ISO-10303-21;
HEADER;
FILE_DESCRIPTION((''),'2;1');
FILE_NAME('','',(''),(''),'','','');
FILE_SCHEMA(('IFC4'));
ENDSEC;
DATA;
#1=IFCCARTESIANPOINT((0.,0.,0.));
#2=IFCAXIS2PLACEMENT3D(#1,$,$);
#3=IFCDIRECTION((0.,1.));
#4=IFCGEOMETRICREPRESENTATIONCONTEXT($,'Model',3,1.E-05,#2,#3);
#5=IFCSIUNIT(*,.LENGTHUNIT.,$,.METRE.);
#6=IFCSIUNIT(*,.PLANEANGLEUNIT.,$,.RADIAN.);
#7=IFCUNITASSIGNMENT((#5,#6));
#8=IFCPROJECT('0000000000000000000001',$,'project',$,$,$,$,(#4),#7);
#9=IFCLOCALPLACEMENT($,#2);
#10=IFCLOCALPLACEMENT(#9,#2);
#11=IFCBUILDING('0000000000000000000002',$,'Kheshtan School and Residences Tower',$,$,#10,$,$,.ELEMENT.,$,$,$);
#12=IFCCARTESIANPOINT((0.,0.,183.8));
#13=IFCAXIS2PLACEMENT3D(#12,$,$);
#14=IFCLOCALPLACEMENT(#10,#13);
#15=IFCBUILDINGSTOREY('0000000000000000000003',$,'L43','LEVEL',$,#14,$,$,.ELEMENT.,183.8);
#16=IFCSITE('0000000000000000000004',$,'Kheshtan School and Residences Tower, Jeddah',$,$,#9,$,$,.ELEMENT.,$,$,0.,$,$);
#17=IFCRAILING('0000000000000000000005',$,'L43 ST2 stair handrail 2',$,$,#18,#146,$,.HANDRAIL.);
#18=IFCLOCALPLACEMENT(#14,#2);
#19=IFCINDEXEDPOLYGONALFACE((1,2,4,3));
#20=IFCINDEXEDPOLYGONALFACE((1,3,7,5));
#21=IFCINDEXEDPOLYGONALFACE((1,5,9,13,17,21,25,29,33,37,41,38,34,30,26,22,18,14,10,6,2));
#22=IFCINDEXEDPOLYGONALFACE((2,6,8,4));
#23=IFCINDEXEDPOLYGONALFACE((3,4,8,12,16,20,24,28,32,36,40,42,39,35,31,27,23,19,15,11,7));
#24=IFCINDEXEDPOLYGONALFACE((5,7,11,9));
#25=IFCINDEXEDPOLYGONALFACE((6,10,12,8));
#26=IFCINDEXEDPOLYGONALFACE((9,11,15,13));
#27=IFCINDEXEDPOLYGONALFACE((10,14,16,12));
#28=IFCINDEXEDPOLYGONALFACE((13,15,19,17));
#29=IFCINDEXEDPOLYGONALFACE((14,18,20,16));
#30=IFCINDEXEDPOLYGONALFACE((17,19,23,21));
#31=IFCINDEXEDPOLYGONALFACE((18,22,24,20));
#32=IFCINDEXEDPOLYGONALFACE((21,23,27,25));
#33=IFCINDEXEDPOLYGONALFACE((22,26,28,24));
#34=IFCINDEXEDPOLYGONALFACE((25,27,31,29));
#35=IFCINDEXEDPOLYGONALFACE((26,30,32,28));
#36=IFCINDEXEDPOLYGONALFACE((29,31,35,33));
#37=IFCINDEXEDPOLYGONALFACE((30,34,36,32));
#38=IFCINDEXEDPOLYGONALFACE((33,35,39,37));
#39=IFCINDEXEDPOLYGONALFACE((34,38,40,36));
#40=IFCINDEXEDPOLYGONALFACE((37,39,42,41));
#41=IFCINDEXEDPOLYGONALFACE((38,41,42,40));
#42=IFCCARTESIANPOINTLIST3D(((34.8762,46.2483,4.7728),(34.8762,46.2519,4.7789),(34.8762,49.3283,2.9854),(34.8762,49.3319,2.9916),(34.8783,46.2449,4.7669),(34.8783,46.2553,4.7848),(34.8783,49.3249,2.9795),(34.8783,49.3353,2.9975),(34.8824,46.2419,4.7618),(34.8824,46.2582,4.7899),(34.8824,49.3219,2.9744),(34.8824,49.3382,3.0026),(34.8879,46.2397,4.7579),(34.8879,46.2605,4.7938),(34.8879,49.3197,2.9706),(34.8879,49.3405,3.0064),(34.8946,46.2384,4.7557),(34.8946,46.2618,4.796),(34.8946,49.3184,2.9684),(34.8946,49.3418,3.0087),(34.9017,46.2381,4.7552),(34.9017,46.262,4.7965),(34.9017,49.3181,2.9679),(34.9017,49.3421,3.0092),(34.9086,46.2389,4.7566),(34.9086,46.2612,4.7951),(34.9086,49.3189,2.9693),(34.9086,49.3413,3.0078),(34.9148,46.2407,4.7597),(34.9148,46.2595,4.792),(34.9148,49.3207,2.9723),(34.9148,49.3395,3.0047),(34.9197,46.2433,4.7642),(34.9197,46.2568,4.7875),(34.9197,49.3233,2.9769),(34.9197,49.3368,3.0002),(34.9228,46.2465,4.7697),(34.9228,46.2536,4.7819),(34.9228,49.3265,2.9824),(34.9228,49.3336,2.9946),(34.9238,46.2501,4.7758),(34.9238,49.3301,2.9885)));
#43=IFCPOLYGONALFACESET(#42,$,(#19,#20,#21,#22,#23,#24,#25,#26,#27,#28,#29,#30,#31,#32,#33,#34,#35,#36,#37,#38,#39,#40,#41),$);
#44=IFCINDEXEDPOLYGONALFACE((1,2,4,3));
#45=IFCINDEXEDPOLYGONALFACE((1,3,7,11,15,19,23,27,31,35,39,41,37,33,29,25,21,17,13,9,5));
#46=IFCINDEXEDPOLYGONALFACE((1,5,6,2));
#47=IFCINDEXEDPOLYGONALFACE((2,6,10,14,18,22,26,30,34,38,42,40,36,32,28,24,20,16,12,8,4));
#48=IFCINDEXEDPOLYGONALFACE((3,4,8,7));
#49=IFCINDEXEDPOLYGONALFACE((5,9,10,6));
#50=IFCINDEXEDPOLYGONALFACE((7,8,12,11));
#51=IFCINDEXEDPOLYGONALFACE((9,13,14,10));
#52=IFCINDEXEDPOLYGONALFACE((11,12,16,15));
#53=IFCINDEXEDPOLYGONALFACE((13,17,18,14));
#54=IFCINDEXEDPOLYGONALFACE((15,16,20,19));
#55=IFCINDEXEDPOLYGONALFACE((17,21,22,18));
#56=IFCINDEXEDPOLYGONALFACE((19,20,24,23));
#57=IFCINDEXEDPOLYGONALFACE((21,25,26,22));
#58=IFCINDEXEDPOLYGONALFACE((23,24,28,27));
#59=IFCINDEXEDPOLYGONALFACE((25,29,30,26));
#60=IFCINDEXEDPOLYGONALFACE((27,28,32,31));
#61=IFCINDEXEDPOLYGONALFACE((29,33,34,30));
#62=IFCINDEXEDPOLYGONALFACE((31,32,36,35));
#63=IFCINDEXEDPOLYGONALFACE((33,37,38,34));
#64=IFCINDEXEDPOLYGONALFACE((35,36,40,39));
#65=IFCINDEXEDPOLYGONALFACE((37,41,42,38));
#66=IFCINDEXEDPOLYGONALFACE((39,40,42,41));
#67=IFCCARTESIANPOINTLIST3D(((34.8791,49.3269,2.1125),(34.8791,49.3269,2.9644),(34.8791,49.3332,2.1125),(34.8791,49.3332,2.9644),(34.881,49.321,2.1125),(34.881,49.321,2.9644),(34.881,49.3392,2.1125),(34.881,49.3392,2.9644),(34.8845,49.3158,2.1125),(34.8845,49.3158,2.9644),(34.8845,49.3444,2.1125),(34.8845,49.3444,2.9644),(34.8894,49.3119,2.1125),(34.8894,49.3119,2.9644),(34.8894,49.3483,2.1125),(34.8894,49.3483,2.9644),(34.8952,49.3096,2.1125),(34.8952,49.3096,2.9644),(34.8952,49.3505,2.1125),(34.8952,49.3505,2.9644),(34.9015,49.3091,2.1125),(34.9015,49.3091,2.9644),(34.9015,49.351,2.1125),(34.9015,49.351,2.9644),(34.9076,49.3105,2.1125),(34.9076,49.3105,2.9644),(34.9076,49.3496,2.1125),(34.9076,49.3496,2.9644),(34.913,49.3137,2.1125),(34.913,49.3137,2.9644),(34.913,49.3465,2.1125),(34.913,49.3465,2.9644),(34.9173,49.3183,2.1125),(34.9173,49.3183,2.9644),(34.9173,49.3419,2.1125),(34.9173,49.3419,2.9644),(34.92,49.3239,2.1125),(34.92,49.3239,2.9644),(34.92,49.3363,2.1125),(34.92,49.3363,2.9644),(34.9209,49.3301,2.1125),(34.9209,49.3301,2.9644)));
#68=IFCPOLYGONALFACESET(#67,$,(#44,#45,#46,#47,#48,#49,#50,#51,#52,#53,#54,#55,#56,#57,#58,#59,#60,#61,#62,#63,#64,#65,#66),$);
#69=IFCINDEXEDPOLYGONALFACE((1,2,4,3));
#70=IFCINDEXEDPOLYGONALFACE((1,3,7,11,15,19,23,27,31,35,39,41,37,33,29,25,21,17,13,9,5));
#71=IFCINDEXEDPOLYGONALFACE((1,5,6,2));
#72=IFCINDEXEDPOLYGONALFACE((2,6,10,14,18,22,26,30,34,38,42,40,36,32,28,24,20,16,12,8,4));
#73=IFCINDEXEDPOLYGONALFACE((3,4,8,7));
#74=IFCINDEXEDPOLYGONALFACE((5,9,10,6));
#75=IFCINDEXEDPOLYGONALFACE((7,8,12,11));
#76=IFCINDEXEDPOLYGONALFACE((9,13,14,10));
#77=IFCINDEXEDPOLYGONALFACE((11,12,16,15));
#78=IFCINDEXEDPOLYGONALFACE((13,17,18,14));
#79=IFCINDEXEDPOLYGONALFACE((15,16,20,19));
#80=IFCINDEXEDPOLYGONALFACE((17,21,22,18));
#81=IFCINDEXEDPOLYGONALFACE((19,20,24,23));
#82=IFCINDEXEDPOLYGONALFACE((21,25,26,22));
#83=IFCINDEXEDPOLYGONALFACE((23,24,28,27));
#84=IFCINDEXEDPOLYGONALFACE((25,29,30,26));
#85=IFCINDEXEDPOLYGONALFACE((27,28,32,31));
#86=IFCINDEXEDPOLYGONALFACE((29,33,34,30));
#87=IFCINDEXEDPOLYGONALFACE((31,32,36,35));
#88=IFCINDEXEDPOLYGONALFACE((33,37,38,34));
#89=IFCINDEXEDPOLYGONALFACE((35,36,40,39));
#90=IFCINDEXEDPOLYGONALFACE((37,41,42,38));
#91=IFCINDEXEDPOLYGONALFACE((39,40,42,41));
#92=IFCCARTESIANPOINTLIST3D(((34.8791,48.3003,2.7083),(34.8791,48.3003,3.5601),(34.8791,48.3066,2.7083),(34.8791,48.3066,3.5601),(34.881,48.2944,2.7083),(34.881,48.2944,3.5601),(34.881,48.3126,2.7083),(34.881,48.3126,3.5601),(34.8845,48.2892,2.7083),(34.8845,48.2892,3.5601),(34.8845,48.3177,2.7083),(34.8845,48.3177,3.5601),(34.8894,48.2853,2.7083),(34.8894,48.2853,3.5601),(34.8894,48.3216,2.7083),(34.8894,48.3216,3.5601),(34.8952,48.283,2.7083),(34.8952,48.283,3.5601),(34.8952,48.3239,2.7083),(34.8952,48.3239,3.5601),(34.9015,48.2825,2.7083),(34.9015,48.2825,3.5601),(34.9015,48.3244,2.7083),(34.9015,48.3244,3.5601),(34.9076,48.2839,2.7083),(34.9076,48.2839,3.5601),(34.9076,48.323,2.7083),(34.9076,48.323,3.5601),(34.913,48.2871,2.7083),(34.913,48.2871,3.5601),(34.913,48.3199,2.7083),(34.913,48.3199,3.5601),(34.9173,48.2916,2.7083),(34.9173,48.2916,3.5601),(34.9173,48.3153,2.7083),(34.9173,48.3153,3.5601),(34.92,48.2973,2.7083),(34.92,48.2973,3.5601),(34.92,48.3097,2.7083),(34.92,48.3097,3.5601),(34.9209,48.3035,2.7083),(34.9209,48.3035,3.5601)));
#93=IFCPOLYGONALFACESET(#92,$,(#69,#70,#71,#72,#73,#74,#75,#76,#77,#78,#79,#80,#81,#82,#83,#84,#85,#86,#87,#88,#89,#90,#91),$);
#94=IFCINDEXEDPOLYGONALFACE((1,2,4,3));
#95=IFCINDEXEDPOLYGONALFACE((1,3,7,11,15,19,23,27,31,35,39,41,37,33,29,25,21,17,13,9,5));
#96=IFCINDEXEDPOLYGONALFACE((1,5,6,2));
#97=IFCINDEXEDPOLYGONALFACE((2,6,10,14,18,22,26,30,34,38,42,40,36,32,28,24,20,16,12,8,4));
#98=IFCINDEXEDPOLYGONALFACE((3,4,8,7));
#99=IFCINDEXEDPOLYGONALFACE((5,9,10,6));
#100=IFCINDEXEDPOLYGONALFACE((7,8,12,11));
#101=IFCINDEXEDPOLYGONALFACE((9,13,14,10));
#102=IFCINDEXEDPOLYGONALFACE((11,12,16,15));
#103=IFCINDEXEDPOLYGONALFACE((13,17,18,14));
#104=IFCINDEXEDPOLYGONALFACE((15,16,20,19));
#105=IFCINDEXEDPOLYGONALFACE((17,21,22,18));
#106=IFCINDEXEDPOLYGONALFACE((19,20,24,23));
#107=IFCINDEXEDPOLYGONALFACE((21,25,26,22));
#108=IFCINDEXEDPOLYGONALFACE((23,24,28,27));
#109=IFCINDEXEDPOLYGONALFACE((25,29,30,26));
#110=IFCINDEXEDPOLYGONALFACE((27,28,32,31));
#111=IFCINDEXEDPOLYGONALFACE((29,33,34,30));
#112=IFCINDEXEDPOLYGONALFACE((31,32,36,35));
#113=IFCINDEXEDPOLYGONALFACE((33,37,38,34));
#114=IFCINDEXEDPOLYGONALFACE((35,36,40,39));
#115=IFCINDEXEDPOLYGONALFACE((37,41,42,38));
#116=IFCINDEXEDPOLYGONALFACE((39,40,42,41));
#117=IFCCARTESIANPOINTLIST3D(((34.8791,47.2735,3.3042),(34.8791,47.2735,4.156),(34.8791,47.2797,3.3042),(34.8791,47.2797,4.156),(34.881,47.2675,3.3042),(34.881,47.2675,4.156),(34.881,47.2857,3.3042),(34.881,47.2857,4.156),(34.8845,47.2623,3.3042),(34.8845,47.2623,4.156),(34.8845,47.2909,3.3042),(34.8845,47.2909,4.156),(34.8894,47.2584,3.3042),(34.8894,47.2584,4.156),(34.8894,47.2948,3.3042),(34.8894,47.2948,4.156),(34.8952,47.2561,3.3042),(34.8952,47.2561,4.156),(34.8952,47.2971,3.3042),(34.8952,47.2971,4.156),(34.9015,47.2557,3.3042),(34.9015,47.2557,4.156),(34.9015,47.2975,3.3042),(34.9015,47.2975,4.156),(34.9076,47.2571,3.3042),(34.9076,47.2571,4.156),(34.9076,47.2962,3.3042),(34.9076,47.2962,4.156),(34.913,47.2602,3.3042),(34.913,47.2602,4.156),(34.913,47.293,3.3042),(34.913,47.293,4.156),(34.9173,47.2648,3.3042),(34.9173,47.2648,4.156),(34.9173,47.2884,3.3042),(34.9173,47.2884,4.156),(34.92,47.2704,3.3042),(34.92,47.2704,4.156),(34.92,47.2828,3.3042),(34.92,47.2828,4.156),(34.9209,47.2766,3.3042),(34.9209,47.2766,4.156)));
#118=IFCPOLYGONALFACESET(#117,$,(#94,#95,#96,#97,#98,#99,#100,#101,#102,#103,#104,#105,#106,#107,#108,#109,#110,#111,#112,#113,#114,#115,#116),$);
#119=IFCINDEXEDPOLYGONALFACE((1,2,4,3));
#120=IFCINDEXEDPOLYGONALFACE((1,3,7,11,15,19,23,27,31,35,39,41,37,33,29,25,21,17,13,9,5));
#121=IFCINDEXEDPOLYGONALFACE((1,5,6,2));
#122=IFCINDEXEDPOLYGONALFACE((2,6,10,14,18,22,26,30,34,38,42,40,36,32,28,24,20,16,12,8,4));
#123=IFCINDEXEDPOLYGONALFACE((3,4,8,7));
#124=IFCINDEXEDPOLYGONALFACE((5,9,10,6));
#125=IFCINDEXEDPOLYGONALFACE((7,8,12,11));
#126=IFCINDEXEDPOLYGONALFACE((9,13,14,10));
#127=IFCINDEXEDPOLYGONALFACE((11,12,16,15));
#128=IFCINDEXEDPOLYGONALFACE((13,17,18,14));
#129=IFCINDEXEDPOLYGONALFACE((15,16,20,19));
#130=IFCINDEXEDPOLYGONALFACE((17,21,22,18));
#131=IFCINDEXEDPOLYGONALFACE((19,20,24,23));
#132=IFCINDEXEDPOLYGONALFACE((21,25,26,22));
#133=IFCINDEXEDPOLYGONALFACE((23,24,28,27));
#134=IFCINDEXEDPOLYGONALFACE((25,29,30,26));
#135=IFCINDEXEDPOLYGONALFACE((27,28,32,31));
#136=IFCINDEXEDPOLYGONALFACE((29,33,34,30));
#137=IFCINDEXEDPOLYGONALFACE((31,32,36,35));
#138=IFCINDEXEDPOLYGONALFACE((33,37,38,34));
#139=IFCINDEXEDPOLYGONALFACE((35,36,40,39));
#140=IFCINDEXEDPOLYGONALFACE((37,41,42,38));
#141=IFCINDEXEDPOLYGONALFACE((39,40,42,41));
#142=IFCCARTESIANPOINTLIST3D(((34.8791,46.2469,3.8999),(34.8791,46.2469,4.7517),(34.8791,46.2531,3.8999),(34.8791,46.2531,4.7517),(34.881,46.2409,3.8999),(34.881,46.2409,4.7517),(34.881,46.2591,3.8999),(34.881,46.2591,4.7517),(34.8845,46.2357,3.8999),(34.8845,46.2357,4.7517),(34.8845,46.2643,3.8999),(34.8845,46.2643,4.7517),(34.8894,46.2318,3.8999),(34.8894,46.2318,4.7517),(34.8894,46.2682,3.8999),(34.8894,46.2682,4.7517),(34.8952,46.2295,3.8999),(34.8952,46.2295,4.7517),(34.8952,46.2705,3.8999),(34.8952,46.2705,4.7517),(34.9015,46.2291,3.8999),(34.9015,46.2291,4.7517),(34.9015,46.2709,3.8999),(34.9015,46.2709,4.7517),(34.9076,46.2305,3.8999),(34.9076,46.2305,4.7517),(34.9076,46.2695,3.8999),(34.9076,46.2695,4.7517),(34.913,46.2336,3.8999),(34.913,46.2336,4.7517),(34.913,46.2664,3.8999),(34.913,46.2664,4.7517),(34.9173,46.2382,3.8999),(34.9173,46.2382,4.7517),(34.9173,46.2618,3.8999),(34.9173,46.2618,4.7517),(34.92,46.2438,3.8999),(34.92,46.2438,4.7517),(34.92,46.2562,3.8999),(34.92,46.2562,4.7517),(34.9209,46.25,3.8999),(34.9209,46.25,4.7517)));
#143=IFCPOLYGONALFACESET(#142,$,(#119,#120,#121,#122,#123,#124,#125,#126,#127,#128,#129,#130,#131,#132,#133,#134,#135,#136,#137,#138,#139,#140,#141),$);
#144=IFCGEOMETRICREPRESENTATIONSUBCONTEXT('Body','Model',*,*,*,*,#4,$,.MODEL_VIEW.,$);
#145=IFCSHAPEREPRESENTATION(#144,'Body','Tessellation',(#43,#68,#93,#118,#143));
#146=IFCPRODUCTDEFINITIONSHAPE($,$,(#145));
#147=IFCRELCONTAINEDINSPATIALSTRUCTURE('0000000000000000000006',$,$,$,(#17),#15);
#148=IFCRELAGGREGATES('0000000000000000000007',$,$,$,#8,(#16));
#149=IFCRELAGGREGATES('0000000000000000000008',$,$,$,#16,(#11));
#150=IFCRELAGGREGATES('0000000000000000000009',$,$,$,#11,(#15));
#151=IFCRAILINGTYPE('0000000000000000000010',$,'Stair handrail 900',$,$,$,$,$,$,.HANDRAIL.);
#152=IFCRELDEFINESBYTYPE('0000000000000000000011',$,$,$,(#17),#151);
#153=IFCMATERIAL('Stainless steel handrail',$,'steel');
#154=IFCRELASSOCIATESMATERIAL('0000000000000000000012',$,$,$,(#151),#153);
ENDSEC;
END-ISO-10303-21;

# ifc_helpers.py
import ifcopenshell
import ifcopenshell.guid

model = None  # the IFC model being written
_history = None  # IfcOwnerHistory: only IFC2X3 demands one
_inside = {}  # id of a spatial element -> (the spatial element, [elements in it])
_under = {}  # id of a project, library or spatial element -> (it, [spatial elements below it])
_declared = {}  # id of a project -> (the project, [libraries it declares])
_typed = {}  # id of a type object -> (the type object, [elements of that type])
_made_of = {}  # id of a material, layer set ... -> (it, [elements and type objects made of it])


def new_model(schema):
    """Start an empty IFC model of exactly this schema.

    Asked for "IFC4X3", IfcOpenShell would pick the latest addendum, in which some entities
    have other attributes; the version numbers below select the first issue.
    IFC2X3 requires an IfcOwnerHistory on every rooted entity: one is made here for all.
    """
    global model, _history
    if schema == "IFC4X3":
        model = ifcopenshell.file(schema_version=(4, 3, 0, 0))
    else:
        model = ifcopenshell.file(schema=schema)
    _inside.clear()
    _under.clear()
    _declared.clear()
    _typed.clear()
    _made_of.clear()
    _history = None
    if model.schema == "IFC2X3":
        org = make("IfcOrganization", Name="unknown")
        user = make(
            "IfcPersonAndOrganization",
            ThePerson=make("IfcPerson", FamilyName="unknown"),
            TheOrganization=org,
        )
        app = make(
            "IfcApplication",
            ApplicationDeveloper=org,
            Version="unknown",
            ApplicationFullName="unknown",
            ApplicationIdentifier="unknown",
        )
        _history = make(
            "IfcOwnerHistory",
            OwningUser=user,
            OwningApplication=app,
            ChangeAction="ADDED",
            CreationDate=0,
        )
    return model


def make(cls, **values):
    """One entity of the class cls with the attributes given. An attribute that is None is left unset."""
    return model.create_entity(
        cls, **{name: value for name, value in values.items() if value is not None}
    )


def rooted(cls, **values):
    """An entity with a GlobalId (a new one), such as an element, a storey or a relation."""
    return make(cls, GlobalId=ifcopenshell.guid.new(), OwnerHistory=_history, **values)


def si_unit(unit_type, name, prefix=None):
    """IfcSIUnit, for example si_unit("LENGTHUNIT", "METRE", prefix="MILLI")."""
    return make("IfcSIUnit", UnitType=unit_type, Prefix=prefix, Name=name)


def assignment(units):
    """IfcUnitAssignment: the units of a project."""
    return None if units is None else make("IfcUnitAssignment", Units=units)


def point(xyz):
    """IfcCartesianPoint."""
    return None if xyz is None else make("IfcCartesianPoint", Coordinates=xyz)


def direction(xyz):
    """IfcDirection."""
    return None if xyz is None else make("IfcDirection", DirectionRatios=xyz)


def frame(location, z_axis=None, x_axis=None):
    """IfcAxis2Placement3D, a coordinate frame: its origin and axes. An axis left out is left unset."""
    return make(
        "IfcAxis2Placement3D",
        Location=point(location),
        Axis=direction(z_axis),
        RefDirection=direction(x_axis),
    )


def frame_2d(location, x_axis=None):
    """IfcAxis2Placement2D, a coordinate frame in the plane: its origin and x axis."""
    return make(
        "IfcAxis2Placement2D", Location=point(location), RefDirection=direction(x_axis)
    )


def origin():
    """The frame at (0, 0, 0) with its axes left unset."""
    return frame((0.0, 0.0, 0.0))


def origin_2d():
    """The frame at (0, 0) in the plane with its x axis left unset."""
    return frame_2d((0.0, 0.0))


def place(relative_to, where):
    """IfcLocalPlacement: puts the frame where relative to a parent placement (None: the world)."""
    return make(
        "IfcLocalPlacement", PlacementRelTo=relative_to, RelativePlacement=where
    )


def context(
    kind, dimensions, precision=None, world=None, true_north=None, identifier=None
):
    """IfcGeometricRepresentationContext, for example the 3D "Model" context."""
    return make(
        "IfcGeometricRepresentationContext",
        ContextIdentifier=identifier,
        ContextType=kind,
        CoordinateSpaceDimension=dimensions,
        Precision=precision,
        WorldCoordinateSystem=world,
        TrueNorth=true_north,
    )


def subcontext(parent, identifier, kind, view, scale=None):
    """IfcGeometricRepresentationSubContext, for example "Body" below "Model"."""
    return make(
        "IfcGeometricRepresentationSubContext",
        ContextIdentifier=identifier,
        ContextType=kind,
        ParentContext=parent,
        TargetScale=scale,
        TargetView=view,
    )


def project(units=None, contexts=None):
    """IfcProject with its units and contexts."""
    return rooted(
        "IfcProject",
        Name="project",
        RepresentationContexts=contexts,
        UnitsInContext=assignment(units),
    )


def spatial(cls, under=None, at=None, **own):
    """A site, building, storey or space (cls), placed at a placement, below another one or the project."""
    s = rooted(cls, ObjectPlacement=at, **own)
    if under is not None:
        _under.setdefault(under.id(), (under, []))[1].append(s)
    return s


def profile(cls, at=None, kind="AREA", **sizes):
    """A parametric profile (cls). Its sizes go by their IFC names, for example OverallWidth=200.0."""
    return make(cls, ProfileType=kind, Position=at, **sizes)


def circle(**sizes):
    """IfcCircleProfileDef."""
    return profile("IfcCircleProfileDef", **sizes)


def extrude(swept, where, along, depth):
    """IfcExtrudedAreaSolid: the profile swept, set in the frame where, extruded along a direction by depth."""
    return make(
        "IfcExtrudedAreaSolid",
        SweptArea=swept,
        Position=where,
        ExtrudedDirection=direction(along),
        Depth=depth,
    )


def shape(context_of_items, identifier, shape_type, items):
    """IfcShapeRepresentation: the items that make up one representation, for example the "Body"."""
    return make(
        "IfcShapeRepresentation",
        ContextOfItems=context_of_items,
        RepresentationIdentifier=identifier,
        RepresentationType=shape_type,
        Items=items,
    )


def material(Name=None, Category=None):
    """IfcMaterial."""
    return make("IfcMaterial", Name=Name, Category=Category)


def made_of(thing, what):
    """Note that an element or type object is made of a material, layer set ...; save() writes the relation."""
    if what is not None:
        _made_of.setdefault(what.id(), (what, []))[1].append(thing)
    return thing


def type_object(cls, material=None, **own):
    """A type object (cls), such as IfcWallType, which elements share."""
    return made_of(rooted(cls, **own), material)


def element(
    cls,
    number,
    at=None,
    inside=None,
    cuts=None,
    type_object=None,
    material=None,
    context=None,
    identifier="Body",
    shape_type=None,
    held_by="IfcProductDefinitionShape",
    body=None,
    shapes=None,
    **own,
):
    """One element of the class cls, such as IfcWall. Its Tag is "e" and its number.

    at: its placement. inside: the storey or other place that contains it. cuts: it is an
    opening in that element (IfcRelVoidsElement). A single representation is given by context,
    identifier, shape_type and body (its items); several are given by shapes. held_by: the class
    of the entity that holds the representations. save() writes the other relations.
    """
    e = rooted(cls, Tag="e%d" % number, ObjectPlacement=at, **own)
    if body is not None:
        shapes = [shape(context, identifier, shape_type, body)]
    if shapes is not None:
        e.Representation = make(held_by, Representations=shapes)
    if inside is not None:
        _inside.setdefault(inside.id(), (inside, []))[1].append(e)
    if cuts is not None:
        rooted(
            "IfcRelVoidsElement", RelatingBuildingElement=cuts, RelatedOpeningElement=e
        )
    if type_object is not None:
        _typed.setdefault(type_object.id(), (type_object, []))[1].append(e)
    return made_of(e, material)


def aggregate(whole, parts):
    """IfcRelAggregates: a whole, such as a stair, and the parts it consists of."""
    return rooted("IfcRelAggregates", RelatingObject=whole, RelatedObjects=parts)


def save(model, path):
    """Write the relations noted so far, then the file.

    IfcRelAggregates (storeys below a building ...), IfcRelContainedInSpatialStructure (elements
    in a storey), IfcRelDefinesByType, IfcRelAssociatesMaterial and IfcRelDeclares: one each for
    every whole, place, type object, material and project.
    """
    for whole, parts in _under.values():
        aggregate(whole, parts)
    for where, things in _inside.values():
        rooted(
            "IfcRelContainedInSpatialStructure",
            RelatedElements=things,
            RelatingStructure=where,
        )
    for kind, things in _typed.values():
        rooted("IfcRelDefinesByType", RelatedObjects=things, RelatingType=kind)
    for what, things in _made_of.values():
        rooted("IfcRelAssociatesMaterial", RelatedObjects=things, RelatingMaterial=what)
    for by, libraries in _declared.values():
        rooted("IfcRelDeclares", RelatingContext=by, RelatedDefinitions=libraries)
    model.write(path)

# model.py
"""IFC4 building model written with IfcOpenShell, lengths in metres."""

from ifc_helpers import new_model, si_unit, direction, frame, origin, origin_2d, place, context, subcontext, project, spatial, circle, extrude, material, type_object, element, save


model = new_model("IFC4")

# Units and contexts
model_context = context("Model", 3, precision=1e-05, world=origin(), true_north=direction((0.0, 1.0)))
body_context = subcontext(model_context, "Body", "Model", "MODEL_VIEW")
ifc_project = project(units=[si_unit("LENGTHUNIT", "METRE"), si_unit("PLANEANGLEUNIT", "RADIAN")], contexts=[model_context])

# Site, building, storey
site_placement = place(None, origin())
site = spatial("IfcSite", under=ifc_project, at=site_placement, Name="Kheshtan School and Residences Tower, Jeddah", CompositionType="ELEMENT", RefElevation=0.0)
building_placement = place(site_placement, origin())
building = spatial("IfcBuilding", under=site, at=building_placement, Name="Kheshtan School and Residences Tower", CompositionType="ELEMENT")
storey_placement = place(building_placement, frame((0.0, 0.0, 183.8)))
storey = spatial("IfcBuildingStorey", under=building, at=storey_placement, Name="L43", Description="LEVEL", CompositionType="ELEMENT", Elevation=183.8)

# Railing
ifc_material_1 = material(Name="Stainless steel handrail", Category="steel")
railing_type_1 = type_object("IfcRailingType", Name="Stair handrail 900", PredefinedType="HANDRAIL", material=ifc_material_1)
railing_1_placement = place(storey_placement, frame((34.8999, 49.3301, 2.1125)))
element("IfcRailing", 1, at=railing_1_placement, inside=storey, type_object=railing_type_1, Name="L43 ST2 stair handrail 2", PredefinedType="HANDRAIL", context=body_context, shape_type="SweptSolid", body=[
    extrude(circle(Radius=0.0239, at=origin_2d()), frame((0.0, 0.0, 0.876), z_axis=(0.0, -0.86492, 0.501909), x_axis=(1.0, 0.0, 0.0)), (0.0, 0.0, 1.0), 3.561),
    extrude(circle(Radius=0.021, at=origin_2d()), origin(), (0.0, 0.0, 1.0), 0.8518),
    extrude(circle(Radius=0.021, at=origin_2d()), frame((0.0, -1.0266, 0.5957)), (0.0, 0.0, 1.0), 0.8518),
    extrude(circle(Radius=0.021, at=origin_2d()), frame((0.0, -2.0535, 1.1917)), (0.0, 0.0, 1.0), 0.8518),
    extrude(circle(Radius=0.021, at=origin_2d()), frame((0.0, -3.0801, 1.7874)), (0.0, 0.0, 1.0), 0.8518),
])

save(model, "model.ifc")
